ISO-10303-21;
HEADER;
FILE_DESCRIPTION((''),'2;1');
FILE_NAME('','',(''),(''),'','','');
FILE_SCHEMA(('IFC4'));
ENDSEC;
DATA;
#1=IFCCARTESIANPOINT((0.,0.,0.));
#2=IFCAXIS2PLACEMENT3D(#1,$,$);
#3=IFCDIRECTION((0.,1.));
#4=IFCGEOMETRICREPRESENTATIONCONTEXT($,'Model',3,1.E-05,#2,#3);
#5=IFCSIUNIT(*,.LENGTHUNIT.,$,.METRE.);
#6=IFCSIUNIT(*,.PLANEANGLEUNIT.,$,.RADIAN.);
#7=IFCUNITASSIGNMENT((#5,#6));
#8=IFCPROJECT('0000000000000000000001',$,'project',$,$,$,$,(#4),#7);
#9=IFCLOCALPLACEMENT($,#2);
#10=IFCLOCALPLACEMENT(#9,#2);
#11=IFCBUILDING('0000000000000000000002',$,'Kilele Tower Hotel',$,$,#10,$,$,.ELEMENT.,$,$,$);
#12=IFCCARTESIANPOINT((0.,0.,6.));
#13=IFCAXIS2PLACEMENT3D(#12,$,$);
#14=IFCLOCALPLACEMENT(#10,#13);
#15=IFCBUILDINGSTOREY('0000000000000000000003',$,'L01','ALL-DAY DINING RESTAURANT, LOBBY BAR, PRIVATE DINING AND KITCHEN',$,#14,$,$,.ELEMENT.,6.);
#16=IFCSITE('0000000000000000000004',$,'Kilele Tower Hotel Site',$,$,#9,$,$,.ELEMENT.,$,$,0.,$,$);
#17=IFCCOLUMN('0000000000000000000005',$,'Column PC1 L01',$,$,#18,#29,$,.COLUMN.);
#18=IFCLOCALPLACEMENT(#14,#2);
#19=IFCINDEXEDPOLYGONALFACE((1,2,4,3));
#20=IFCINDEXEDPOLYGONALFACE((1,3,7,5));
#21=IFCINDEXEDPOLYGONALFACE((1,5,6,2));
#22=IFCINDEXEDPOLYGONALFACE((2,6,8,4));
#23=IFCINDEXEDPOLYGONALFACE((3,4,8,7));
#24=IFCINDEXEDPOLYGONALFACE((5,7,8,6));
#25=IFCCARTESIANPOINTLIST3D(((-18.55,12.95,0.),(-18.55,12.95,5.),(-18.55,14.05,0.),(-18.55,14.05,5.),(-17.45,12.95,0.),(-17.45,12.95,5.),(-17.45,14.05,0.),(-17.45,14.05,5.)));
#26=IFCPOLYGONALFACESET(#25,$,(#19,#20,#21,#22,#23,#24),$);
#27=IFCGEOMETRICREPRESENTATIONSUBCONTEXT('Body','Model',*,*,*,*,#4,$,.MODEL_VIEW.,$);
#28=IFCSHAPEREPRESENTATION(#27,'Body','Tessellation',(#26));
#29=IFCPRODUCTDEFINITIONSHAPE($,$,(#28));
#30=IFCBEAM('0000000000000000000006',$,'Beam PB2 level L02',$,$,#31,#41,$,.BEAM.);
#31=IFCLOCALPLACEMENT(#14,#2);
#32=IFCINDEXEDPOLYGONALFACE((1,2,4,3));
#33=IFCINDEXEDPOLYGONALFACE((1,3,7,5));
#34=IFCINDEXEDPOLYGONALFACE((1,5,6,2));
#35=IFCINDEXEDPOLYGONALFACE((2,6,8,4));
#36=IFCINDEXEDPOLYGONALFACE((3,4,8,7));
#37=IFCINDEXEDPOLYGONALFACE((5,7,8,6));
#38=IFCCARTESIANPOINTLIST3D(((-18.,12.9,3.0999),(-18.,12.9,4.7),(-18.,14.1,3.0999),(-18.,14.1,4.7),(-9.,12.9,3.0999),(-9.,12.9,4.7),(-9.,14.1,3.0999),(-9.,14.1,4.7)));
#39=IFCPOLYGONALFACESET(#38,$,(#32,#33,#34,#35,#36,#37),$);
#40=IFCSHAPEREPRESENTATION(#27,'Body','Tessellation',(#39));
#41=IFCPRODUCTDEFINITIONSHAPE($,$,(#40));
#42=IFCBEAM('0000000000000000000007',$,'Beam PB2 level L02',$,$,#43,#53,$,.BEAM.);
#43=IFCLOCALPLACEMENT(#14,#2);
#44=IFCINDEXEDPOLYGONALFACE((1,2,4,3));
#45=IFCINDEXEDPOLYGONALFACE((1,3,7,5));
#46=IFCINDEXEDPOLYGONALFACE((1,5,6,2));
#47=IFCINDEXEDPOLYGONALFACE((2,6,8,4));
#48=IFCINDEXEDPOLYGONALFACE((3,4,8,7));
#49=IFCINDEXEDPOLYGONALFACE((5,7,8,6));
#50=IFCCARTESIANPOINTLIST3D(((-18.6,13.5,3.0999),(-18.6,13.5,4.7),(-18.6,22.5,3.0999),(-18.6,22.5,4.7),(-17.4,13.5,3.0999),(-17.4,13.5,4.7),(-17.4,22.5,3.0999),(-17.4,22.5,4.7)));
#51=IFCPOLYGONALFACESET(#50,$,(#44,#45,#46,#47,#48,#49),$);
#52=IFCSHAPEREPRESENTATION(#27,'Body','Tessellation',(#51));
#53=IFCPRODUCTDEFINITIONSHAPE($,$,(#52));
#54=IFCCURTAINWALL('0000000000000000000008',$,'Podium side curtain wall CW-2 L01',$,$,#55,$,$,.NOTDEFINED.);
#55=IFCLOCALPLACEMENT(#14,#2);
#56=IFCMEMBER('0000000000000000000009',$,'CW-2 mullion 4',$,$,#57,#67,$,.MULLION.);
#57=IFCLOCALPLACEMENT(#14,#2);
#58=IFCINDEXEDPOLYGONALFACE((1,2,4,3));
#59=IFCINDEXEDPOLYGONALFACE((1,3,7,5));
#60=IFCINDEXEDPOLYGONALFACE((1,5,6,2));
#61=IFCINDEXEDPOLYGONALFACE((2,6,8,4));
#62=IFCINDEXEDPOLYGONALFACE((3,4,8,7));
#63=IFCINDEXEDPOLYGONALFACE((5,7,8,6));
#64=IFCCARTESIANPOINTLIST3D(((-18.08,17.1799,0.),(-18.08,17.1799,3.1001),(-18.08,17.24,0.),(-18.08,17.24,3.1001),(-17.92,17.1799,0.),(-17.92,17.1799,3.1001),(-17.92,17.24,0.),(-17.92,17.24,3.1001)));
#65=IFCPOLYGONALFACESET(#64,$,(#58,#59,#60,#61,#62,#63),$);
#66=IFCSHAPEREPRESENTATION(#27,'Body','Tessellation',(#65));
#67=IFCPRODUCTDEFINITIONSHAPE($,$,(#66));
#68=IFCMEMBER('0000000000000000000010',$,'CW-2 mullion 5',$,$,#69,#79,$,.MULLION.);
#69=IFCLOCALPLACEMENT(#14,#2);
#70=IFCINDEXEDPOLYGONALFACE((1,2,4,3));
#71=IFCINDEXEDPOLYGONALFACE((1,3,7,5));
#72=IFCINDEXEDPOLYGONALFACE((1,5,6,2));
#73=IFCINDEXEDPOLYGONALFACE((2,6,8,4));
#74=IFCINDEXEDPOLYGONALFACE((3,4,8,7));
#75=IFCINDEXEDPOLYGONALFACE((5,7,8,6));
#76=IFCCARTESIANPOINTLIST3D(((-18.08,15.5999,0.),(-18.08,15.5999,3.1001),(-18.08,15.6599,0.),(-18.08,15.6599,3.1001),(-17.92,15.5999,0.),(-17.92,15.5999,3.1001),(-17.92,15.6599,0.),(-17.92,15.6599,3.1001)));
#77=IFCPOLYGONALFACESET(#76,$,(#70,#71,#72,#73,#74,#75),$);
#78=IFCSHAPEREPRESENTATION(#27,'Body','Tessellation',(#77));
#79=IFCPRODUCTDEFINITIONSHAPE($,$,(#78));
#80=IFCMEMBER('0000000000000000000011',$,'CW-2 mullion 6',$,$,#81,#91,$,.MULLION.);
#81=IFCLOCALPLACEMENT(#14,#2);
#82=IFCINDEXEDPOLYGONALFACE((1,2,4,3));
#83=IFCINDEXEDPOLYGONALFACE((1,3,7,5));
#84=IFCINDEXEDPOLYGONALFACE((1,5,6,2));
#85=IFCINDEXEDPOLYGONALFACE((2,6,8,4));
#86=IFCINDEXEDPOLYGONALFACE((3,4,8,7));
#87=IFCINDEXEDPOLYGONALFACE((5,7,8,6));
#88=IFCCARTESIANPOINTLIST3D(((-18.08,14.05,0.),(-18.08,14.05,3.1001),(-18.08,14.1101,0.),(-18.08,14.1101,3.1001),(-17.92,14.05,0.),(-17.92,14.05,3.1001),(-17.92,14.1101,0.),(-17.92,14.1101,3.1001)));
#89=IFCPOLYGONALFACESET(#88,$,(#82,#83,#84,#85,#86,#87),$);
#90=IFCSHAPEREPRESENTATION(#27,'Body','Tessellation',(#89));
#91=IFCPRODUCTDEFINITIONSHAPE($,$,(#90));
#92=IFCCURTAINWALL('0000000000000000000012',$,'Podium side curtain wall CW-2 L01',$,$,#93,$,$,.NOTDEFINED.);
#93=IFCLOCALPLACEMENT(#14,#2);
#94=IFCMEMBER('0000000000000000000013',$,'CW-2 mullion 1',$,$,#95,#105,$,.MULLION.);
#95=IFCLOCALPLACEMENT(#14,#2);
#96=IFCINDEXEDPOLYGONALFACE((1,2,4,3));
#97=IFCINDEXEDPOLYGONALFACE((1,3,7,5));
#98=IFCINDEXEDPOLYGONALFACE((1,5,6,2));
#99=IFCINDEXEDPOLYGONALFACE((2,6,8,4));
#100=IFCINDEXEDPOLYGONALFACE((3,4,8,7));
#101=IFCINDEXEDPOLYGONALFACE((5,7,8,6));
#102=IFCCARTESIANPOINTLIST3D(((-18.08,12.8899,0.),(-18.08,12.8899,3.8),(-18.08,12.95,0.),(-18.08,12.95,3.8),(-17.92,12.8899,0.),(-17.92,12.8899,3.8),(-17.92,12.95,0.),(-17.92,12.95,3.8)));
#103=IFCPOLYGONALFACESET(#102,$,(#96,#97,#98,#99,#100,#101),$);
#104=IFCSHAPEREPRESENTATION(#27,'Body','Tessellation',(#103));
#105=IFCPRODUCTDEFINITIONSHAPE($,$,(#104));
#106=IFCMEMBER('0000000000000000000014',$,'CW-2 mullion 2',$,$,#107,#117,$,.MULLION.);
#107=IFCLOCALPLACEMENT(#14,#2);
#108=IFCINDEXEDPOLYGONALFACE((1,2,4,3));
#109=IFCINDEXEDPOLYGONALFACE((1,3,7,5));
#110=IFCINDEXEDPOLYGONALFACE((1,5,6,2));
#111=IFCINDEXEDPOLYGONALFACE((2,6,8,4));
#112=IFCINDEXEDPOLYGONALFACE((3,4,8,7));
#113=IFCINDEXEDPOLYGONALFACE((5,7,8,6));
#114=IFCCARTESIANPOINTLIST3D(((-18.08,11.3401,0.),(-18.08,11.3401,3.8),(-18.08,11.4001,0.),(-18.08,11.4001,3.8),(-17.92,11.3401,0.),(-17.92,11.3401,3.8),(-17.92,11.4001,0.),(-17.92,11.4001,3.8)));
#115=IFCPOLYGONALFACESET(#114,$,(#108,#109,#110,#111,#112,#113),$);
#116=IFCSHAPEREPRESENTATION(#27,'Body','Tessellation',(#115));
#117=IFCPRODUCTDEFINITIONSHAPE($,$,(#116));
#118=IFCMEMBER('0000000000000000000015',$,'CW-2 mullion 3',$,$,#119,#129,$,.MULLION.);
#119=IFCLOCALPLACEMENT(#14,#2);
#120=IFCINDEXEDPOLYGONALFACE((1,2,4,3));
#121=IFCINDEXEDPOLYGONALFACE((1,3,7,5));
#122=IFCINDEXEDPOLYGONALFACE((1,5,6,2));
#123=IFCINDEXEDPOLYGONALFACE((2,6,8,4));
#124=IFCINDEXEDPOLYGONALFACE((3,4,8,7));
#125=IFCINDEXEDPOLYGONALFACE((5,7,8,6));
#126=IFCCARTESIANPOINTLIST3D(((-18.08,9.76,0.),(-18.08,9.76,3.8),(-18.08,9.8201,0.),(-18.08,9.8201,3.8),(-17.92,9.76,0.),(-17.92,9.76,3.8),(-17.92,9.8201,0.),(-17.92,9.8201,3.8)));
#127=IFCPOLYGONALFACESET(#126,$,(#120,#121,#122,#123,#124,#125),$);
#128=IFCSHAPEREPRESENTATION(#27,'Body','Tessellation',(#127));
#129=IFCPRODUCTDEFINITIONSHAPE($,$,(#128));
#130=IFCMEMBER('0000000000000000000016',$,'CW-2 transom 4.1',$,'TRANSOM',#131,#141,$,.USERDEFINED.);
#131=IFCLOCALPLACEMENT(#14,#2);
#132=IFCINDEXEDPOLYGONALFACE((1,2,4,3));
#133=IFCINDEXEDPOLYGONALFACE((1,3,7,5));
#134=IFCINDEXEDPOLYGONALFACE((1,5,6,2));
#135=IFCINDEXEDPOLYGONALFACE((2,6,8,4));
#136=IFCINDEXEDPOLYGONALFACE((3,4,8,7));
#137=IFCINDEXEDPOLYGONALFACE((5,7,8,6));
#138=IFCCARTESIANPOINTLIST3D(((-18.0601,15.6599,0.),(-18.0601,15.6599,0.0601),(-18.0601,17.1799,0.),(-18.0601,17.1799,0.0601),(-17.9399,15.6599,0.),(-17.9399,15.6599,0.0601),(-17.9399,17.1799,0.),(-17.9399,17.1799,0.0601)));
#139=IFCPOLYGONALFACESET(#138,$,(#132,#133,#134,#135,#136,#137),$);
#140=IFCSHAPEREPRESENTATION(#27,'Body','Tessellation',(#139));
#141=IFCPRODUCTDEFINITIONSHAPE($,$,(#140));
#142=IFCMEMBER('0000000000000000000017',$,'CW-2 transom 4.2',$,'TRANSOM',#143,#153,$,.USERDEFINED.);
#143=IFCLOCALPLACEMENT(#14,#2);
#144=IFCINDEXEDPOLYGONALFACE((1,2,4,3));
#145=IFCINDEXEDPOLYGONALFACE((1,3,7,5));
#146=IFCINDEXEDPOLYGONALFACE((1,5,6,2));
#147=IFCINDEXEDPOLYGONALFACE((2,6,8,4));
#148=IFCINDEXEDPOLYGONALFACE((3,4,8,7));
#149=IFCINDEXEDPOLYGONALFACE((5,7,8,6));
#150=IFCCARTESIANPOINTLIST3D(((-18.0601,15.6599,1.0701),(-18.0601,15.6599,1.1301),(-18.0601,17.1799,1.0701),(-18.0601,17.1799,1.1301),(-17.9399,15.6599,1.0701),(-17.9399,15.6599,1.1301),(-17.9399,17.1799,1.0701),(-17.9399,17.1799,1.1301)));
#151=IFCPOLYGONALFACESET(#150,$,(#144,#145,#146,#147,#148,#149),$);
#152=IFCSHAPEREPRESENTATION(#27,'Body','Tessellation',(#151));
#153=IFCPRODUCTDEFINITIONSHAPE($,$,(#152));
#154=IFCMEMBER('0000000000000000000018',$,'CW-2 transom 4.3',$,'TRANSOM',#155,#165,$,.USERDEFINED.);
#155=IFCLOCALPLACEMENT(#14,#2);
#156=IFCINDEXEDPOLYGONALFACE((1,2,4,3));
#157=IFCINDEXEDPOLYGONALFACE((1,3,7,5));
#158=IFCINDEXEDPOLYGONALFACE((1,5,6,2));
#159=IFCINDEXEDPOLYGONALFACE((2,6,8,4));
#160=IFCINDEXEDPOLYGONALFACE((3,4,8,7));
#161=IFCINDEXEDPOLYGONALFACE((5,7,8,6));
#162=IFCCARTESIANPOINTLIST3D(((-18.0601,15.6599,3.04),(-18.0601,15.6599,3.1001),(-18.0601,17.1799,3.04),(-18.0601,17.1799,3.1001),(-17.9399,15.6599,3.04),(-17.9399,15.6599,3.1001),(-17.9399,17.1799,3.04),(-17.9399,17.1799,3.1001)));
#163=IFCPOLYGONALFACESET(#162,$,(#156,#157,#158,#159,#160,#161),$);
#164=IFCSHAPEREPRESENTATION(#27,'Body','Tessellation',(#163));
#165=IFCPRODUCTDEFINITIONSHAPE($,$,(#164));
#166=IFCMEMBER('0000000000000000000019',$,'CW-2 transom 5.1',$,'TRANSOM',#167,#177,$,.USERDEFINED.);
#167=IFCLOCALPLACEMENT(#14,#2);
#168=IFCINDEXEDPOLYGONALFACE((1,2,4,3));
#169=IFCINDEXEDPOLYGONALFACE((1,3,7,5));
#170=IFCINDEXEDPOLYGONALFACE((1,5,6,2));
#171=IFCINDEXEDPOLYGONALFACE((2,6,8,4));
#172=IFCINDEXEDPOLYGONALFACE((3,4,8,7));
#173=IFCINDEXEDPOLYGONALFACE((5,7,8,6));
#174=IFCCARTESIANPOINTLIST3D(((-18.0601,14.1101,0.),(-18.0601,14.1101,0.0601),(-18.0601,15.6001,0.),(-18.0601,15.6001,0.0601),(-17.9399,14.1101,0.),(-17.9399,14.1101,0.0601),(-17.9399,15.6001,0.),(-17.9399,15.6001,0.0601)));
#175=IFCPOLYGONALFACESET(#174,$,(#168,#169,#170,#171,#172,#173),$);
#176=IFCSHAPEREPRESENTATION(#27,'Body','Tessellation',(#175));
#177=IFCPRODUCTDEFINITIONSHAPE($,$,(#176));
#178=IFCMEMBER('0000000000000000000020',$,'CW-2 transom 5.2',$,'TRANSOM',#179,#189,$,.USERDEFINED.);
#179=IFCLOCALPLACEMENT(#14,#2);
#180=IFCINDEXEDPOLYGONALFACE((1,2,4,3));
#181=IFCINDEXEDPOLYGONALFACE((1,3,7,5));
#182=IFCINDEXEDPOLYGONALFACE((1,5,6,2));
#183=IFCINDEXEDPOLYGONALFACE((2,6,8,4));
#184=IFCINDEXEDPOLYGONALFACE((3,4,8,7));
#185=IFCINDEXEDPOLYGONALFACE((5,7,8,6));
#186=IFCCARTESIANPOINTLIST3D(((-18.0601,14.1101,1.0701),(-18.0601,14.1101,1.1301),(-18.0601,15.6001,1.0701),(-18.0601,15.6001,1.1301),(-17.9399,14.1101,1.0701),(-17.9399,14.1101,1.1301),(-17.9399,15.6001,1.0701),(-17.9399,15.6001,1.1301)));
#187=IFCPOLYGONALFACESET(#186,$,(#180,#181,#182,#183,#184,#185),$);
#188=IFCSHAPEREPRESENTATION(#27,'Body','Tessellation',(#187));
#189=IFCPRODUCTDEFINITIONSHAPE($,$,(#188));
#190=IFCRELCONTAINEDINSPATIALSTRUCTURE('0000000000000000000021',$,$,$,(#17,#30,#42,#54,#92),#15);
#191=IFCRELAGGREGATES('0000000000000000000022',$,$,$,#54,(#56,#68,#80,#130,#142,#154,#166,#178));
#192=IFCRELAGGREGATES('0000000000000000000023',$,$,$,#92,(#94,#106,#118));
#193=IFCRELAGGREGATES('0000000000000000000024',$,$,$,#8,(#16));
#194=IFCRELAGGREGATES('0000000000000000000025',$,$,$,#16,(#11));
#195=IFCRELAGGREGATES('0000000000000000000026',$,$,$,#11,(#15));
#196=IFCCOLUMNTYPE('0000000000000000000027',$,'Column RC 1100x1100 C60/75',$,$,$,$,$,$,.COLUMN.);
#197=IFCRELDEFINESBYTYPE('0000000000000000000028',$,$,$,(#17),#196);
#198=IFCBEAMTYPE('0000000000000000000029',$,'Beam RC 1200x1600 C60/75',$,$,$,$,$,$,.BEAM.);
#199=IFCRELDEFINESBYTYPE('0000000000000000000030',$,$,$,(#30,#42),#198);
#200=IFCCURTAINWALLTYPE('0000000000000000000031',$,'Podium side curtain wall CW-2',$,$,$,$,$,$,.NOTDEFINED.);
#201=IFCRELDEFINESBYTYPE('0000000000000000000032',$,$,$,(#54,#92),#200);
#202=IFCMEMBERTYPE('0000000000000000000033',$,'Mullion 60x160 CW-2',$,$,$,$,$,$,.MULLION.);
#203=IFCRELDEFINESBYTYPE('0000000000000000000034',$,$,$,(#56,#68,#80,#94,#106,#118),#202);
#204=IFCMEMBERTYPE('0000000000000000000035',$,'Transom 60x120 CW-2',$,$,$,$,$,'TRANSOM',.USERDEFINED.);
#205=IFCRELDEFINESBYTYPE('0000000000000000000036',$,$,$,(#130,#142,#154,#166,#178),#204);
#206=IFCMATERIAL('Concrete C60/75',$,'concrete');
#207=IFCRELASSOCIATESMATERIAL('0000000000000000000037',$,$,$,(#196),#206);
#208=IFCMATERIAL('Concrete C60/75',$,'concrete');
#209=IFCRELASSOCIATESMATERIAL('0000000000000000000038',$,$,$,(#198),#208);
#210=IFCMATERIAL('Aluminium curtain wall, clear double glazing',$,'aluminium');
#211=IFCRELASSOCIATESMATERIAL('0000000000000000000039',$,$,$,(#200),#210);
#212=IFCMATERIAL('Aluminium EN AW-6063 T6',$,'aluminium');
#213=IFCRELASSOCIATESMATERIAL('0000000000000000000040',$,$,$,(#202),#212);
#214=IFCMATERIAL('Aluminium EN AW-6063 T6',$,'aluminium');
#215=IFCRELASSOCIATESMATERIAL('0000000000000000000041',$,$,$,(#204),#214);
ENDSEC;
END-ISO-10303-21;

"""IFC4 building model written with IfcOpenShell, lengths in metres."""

from ifc_helpers import new_model, si_unit, direction, frame, origin, origin_2d, place, context, subcontext, project, spatial, rectangle, extrude, material, material_profile, profile_set, type_object, element, aggregate, save


model = new_model("IFC4")

# Units and contexts
model_context = context("Model", 3, precision=1e-05, world=origin(), true_north=direction((0.0, 1.0)))
body_context = subcontext(model_context, "Body", "Model", "MODEL_VIEW")
ifc_project = project(units=[si_unit("LENGTHUNIT", "METRE"), si_unit("PLANEANGLEUNIT", "RADIAN")], contexts=[model_context])

# Site, building, storey
site_placement = place(None, origin())
site = spatial("IfcSite", under=ifc_project, at=site_placement, Name="Kilele Tower Hotel Site", CompositionType="ELEMENT", RefElevation=0.0)
building_placement = place(site_placement, origin())
building = spatial("IfcBuilding", under=site, at=building_placement, Name="Kilele Tower Hotel", CompositionType="ELEMENT")
storey_placement = place(building_placement, frame((0.0, 0.0, 6.0)))
storey = spatial("IfcBuildingStorey", under=building, at=storey_placement, Name="L01", Description="ALL-DAY DINING RESTAURANT, LOBBY BAR, PRIVATE DINING AND KITCHEN", CompositionType="ELEMENT", Elevation=6.0)

# Column
ifc_material_1 = material(Name="Concrete C60/75", Category="concrete")
ifc_material_profile_1 = material_profile(ifc_material_1, rectangle(XDim=1.1001, YDim=1.1001, at=origin_2d()))
ifc_profile_set_1 = profile_set([ifc_material_profile_1], Name="Concrete C60/75")
column_type = type_object("IfcColumnType", Name="Column RC 1100x1100 C60/75", PredefinedType="COLUMN", material=ifc_profile_set_1)
column_placement = place(storey_placement, frame((-18.0, 13.5, 0.0), z_axis=(0.0, 0.0, 1.0), x_axis=(1.0, 0.0, 0.0)))
element("IfcColumn", 1, at=column_placement, inside=storey, type_object=column_type, Name="Column PC1 L01", PredefinedType="COLUMN", context=body_context, shape_type="SweptSolid", body=[
    extrude(rectangle(XDim=1.1001, YDim=1.1001, at=origin_2d()), origin(), (0.0, 0.0, 1.0), 5.0),
])

# Beams
ifc_material_2 = material(Name="Concrete C60/75", Category="concrete")
ifc_material_profile_2 = material_profile(ifc_material_2, rectangle(XDim=1.2, YDim=1.6001, at=origin_2d()))
ifc_profile_set_2 = profile_set([ifc_material_profile_2], Name="Concrete C60/75")
beam_type = type_object("IfcBeamType", Name="Beam RC 1200x1600 C60/75", PredefinedType="BEAM", material=ifc_profile_set_2)
for number, where, z_axis, x_axis, name in (
    (2, (-18.0, 13.5, 3.8999), (1.0, 0.0, 0.0), (0.0, 1.0, 0.0), "Beam PB2 level L02"),
    (3, (-18.0, 13.5, 3.8999), (0.0, 1.0, 0.0), (-1.0, 0.0, 0.0), "Beam PB2 level L02"),
):
    element("IfcBeam", number, at=place(storey_placement, frame(where, z_axis=z_axis, x_axis=x_axis)), inside=storey, type_object=beam_type, Name=name, PredefinedType="BEAM", context=body_context, shape_type="SweptSolid", body=[
        extrude(rectangle(XDim=1.2, YDim=1.6001, at=origin_2d()), origin(), (0.0, 0.0, 1.0), 9.0),
    ])

# Curtain walls, members
ifc_material_3 = material(Name="Aluminium curtain wall, clear double glazing", Category="aluminium")
curtain_wall_type = type_object("IfcCurtainWallType", Name="Podium side curtain wall CW-2", PredefinedType="NOTDEFINED", material=ifc_material_3)
curtain_wall_1_placement = place(storey_placement, origin())
curtain_wall_1 = element("IfcCurtainWall", 4, at=curtain_wall_1_placement, inside=storey, type_object=curtain_wall_type, Name="Podium side curtain wall CW-2 L01", PredefinedType="NOTDEFINED")
ifc_material_4 = material(Name="Aluminium EN AW-6063 T6", Category="aluminium")
ifc_material_profile_3 = material_profile(ifc_material_4, rectangle(XDim=0.1599, YDim=0.0601, at=origin_2d()))
ifc_profile_set_3 = profile_set([ifc_material_profile_3], Name="Aluminium EN AW-6063 T6")
member_type_1 = type_object("IfcMemberType", Name="Mullion 60x160 CW-2", PredefinedType="MULLION", material=ifc_profile_set_3)
member_1_placement = place(storey_placement, frame((-18.0, 17.21, 0.0), z_axis=(0.0, 0.0, 1.0), x_axis=(1.0, 0.0, 0.0)))
member_1 = element("IfcMember", 5, at=member_1_placement, type_object=member_type_1, Name="CW-2 mullion 4", PredefinedType="MULLION", context=body_context, shape_type="SweptSolid", body=[
    extrude(rectangle(XDim=0.1599, YDim=0.0601, at=origin_2d()), origin(), (0.0, 0.0, 1.0), 3.1001),
])
member_2_placement = place(storey_placement, frame((-18.0, 15.6299, 0.0), z_axis=(0.0, 0.0, 1.0), x_axis=(1.0, 0.0, 0.0)))
member_2 = element("IfcMember", 6, at=member_2_placement, type_object=member_type_1, Name="CW-2 mullion 5", PredefinedType="MULLION", context=body_context, shape_type="SweptSolid", body=[
    extrude(rectangle(XDim=0.1599, YDim=0.0601, at=origin_2d()), origin(), (0.0, 0.0, 1.0), 3.1001),
])
member_3_placement = place(storey_placement, frame((-18.0, 14.0801, 0.0), z_axis=(0.0, 0.0, 1.0), x_axis=(1.0, 0.0, 0.0)))
member_3 = element("IfcMember", 7, at=member_3_placement, type_object=member_type_1, Name="CW-2 mullion 6", PredefinedType="MULLION", context=body_context, shape_type="SweptSolid", body=[
    extrude(rectangle(XDim=0.1599, YDim=0.0601, at=origin_2d()), origin(), (0.0, 0.0, 1.0), 3.1001),
])
curtain_wall_2_placement = place(storey_placement, origin())
curtain_wall_2 = element("IfcCurtainWall", 8, at=curtain_wall_2_placement, inside=storey, type_object=curtain_wall_type, Name="Podium side curtain wall CW-2 L01", PredefinedType="NOTDEFINED")
member_4_placement = place(storey_placement, frame((-18.0, 12.9199, 0.0), z_axis=(0.0, 0.0, 1.0), x_axis=(1.0, 0.0, 0.0)))
member_4 = element("IfcMember", 9, at=member_4_placement, type_object=member_type_1, Name="CW-2 mullion 1", PredefinedType="MULLION", context=body_context, shape_type="SweptSolid", body=[
    extrude(rectangle(XDim=0.1599, YDim=0.0601, at=origin_2d()), origin(), (0.0, 0.0, 1.0), 3.8),
])
member_5_placement = place(storey_placement, frame((-18.0, 11.3701, 0.0), z_axis=(0.0, 0.0, 1.0), x_axis=(1.0, 0.0, 0.0)))
member_5 = element("IfcMember", 10, at=member_5_placement, type_object=member_type_1, Name="CW-2 mullion 2", PredefinedType="MULLION", context=body_context, shape_type="SweptSolid", body=[
    extrude(rectangle(XDim=0.1599, YDim=0.0601, at=origin_2d()), origin(), (0.0, 0.0, 1.0), 3.8),
])
member_6_placement = place(storey_placement, frame((-18.0, 9.79, 0.0), z_axis=(0.0, 0.0, 1.0), x_axis=(1.0, 0.0, 0.0)))
member_6 = element("IfcMember", 11, at=member_6_placement, type_object=member_type_1, Name="CW-2 mullion 3", PredefinedType="MULLION", context=body_context, shape_type="SweptSolid", body=[
    extrude(rectangle(XDim=0.1599, YDim=0.0601, at=origin_2d()), origin(), (0.0, 0.0, 1.0), 3.8),
])

# Members
ifc_material_5 = material(Name="Aluminium EN AW-6063 T6", Category="aluminium")
ifc_material_profile_4 = material_profile(ifc_material_5, rectangle(XDim=0.1201, YDim=0.0601, at=origin_2d()))
ifc_profile_set_4 = profile_set([ifc_material_profile_4], Name="Aluminium EN AW-6063 T6")
member_type_2 = type_object("IfcMemberType", Name="Transom 60x120 CW-2", ElementType="TRANSOM", PredefinedType="USERDEFINED", material=ifc_profile_set_4)
member_7_placement = place(storey_placement, frame((-18.0, 17.1799, 0.03), z_axis=(0.0, -1.0, 0.0), x_axis=(1.0, 0.0, 0.0)))
member_7 = element("IfcMember", 12, at=member_7_placement, type_object=member_type_2, Name="CW-2 transom 4.1", ObjectType="TRANSOM", PredefinedType="USERDEFINED", context=body_context, shape_type="SweptSolid", body=[
    extrude(rectangle(XDim=0.1201, YDim=0.0601, at=origin_2d()), origin(), (0.0, 0.0, 1.0), 1.52),
])
member_8_placement = place(storey_placement, frame((-18.0, 17.1799, 1.1001), z_axis=(0.0, -1.0, 0.0), x_axis=(1.0, 0.0, 0.0)))
member_8 = element("IfcMember", 13, at=member_8_placement, type_object=member_type_2, Name="CW-2 transom 4.2", ObjectType="TRANSOM", PredefinedType="USERDEFINED", context=body_context, shape_type="SweptSolid", body=[
    extrude(rectangle(XDim=0.1201, YDim=0.0601, at=origin_2d()), origin(), (0.0, 0.0, 1.0), 1.52),
])
member_9_placement = place(storey_placement, frame((-18.0, 17.1799, 3.0701), z_axis=(0.0, -1.0, 0.0), x_axis=(1.0, 0.0, 0.0)))
member_9 = element("IfcMember", 14, at=member_9_placement, type_object=member_type_2, Name="CW-2 transom 4.3", ObjectType="TRANSOM", PredefinedType="USERDEFINED", context=body_context, shape_type="SweptSolid", body=[
    extrude(rectangle(XDim=0.1201, YDim=0.0601, at=origin_2d()), origin(), (0.0, 0.0, 1.0), 1.52),
])
member_10_placement = place(storey_placement, frame((-18.0, 15.6001, 0.03), z_axis=(0.0, -1.0, 0.0), x_axis=(1.0, 0.0, 0.0)))
member_10 = element("IfcMember", 15, at=member_10_placement, type_object=member_type_2, Name="CW-2 transom 5.1", ObjectType="TRANSOM", PredefinedType="USERDEFINED", context=body_context, shape_type="SweptSolid", body=[
    extrude(rectangle(XDim=0.1201, YDim=0.0601, at=origin_2d()), origin(), (0.0, 0.0, 1.0), 1.49),
])
member_11_placement = place(storey_placement, frame((-18.0, 15.6001, 1.1001), z_axis=(0.0, -1.0, 0.0), x_axis=(1.0, 0.0, 0.0)))
member_11 = element("IfcMember", 16, at=member_11_placement, type_object=member_type_2, Name="CW-2 transom 5.2", ObjectType="TRANSOM", PredefinedType="USERDEFINED", context=body_context, shape_type="SweptSolid", body=[
    extrude(rectangle(XDim=0.1201, YDim=0.0601, at=origin_2d()), origin(), (0.0, 0.0, 1.0), 1.49),
])

aggregate(curtain_wall_1, [member_1, member_2, member_3, member_7, member_8, member_9, member_10, member_11])
aggregate(curtain_wall_2, [member_4, member_5, member_6])

save(model, "model.ifc")
